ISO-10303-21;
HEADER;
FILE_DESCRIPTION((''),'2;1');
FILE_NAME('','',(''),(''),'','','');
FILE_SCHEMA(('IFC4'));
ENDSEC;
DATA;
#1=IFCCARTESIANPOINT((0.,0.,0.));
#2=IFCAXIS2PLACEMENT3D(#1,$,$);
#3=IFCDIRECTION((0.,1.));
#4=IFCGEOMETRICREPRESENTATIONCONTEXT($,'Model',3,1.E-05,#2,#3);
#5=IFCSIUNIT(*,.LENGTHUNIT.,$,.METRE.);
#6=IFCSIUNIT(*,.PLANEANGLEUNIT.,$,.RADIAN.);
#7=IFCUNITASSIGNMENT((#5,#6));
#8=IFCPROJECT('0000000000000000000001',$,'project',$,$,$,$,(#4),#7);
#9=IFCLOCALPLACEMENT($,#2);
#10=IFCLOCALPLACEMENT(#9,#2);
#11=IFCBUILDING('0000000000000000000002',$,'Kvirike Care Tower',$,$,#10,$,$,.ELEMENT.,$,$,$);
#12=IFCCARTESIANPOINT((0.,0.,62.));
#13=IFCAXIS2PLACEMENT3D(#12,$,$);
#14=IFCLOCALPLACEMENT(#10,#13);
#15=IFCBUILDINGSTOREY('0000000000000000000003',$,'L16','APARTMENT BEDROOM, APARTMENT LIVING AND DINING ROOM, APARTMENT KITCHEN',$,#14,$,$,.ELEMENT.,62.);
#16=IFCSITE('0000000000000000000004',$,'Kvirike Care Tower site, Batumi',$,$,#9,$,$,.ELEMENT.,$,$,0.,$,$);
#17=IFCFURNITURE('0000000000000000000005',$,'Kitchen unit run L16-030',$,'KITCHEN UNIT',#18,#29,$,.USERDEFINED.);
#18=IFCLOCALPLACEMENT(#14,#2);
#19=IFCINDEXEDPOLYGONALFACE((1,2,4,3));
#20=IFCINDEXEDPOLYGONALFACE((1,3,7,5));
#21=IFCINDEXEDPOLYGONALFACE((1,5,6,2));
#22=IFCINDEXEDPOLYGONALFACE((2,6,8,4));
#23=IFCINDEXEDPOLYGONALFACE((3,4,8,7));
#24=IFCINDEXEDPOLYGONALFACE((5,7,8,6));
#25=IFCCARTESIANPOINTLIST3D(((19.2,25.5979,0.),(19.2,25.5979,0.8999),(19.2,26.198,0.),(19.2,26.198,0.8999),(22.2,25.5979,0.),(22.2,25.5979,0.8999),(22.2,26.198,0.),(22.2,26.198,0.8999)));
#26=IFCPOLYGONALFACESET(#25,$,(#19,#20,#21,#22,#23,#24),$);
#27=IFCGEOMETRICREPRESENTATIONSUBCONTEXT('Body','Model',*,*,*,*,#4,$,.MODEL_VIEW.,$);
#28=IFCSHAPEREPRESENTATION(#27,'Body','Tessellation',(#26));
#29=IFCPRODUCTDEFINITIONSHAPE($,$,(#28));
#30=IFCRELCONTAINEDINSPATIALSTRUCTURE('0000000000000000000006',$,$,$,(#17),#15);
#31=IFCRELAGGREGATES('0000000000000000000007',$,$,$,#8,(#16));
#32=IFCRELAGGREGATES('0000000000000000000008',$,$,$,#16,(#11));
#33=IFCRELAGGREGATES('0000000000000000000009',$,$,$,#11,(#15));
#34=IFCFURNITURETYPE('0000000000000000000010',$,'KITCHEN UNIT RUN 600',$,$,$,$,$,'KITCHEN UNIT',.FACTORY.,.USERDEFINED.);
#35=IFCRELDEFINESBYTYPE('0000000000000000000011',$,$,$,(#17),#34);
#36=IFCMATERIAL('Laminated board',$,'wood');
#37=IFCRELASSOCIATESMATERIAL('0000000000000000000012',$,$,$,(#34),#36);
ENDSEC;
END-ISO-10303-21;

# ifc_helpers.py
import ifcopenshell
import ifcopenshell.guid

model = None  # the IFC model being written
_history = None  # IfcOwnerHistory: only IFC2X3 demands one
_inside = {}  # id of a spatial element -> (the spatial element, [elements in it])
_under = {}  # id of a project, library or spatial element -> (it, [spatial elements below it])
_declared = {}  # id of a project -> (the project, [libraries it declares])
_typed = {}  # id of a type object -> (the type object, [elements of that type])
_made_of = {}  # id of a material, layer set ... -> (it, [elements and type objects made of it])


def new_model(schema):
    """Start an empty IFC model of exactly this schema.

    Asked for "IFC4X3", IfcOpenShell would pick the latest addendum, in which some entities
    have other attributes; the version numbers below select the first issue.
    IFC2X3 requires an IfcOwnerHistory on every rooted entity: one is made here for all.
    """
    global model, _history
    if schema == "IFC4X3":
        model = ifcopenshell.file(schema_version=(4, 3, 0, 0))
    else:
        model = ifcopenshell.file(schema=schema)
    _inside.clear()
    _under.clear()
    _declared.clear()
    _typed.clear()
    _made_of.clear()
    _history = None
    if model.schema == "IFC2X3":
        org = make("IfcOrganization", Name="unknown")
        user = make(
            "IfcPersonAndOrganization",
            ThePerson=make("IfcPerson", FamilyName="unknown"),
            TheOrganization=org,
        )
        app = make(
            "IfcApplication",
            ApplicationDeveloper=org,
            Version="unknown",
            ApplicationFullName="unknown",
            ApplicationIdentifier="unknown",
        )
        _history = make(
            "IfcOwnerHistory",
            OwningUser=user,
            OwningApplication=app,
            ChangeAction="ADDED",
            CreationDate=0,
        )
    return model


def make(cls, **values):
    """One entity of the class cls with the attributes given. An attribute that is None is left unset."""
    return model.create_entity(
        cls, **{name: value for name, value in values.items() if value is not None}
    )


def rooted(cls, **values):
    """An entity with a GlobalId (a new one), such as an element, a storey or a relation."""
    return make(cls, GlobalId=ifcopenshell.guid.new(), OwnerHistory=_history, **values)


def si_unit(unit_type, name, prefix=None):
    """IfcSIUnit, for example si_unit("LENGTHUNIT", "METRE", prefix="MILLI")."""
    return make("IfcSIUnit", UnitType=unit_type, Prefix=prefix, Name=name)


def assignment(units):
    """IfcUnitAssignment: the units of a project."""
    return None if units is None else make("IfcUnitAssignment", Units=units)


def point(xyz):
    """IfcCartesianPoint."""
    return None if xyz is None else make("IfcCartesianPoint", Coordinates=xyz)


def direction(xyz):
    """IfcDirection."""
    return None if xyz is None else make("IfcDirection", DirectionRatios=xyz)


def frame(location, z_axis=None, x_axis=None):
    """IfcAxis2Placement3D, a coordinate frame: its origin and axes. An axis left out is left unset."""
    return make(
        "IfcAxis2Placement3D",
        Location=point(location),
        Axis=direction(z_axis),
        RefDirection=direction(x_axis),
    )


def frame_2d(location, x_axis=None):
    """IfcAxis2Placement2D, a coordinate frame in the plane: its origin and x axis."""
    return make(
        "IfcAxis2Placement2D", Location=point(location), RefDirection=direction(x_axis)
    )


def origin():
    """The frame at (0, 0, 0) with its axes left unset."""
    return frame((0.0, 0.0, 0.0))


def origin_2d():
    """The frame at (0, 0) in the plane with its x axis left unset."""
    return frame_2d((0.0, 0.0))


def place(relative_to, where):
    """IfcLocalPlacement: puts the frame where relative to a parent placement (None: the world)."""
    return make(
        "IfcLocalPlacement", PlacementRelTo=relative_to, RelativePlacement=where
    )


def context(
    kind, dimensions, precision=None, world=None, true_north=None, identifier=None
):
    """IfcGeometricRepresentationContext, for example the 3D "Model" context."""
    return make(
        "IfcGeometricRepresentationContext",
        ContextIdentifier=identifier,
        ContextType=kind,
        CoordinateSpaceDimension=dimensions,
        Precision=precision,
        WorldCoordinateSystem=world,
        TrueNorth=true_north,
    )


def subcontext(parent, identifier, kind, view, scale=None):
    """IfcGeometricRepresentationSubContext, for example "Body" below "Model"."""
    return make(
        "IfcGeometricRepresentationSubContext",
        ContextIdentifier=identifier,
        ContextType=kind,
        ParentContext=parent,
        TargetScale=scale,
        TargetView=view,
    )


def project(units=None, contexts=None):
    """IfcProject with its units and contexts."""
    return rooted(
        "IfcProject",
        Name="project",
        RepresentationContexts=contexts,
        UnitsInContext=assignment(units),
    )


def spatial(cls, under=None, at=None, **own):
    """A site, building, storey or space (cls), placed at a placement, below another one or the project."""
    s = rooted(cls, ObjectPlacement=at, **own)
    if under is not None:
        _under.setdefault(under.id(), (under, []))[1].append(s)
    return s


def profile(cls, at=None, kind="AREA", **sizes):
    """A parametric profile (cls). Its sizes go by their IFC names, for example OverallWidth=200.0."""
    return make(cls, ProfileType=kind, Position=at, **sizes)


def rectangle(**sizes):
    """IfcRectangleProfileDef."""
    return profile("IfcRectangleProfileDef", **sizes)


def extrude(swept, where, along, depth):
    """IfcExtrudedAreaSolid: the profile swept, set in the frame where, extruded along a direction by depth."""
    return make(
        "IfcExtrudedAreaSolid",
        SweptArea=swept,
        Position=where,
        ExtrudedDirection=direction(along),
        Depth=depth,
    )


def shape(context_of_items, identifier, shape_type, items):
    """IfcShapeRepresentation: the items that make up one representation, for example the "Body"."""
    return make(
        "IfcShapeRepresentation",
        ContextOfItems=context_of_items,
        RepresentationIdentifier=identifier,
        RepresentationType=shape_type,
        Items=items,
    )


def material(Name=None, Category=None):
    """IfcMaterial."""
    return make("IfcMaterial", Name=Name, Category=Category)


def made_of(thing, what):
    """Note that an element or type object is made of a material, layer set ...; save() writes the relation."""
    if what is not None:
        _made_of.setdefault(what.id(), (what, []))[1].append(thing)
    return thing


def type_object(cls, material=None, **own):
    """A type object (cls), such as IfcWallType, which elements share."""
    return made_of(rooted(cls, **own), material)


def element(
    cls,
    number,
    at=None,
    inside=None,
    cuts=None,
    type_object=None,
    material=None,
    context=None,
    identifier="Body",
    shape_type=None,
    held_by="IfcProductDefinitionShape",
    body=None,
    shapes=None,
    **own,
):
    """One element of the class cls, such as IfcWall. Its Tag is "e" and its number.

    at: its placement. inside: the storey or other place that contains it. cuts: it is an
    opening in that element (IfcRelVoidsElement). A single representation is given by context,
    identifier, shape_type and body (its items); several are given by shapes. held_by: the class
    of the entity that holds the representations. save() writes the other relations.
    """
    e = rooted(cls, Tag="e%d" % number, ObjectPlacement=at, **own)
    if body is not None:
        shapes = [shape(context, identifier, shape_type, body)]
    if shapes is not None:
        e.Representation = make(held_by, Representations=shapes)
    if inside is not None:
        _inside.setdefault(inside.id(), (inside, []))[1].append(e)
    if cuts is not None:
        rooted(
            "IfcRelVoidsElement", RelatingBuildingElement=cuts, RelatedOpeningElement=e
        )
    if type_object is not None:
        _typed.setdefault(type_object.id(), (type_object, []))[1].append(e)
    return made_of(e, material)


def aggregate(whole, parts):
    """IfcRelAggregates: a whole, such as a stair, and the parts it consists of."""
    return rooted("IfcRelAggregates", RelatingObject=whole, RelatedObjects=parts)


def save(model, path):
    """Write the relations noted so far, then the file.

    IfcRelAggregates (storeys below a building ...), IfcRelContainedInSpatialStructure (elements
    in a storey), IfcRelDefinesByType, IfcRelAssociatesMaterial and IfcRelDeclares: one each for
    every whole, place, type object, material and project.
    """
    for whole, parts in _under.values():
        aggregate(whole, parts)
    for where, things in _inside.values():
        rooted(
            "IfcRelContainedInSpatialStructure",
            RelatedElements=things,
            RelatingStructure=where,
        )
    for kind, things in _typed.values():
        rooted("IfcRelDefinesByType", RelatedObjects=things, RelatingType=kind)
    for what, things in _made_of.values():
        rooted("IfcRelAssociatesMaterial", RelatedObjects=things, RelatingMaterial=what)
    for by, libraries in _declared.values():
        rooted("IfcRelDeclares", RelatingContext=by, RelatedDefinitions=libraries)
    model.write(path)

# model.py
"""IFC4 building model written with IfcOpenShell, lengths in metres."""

from ifc_helpers import new_model, si_unit, direction, frame, origin, origin_2d, place, context, subcontext, project, spatial, rectangle, extrude, material, type_object, element, save


model = new_model("IFC4")

# Units and contexts
model_context = context("Model", 3, precision=1e-05, world=origin(), true_north=direction((0.0, 1.0)))
body_context = subcontext(model_context, "Body", "Model", "MODEL_VIEW")
ifc_project = project(units=[si_unit("LENGTHUNIT", "METRE"), si_unit("PLANEANGLEUNIT", "RADIAN")], contexts=[model_context])

# Site, building, storey
site_placement = place(None, origin())
site = spatial("IfcSite", under=ifc_project, at=site_placement, Name="Kvirike Care Tower site, Batumi", CompositionType="ELEMENT", RefElevation=0.0)
building_placement = place(site_placement, origin())
building = spatial("IfcBuilding", under=site, at=building_placement, Name="Kvirike Care Tower", CompositionType="ELEMENT")
storey_placement = place(building_placement, frame((0.0, 0.0, 62.0)))
storey = spatial("IfcBuildingStorey", under=building, at=storey_placement, Name="L16", Description="APARTMENT BEDROOM, APARTMENT LIVING AND DINING ROOM, APARTMENT KITCHEN", CompositionType="ELEMENT", Elevation=62.0)

# Furniture
ifc_material_1 = material(Name="Laminated board", Category="wood")
furniture_type_1 = type_object("IfcFurnitureType", Name="KITCHEN UNIT RUN 600", ElementType="KITCHEN UNIT", AssemblyPlace="FACTORY", PredefinedType="USERDEFINED", material=ifc_material_1)
furniture_1_placement = place(storey_placement, frame((20.7, 25.8979, 0.0), z_axis=(0.0, 0.0, 1.0), x_axis=(1.0, 0.0, 0.0)))
element("IfcFurniture", 1, at=furniture_1_placement, inside=storey, type_object=furniture_type_1, Name="Kitchen unit run L16-030", ObjectType="KITCHEN UNIT", PredefinedType="USERDEFINED", context=body_context, shape_type="SweptSolid", body=[
    extrude(rectangle(XDim=3.0, YDim=0.6001, at=origin_2d()), origin(), (0.0, 0.0, 1.0), 0.8999),
])

save(model, "model.ifc")
